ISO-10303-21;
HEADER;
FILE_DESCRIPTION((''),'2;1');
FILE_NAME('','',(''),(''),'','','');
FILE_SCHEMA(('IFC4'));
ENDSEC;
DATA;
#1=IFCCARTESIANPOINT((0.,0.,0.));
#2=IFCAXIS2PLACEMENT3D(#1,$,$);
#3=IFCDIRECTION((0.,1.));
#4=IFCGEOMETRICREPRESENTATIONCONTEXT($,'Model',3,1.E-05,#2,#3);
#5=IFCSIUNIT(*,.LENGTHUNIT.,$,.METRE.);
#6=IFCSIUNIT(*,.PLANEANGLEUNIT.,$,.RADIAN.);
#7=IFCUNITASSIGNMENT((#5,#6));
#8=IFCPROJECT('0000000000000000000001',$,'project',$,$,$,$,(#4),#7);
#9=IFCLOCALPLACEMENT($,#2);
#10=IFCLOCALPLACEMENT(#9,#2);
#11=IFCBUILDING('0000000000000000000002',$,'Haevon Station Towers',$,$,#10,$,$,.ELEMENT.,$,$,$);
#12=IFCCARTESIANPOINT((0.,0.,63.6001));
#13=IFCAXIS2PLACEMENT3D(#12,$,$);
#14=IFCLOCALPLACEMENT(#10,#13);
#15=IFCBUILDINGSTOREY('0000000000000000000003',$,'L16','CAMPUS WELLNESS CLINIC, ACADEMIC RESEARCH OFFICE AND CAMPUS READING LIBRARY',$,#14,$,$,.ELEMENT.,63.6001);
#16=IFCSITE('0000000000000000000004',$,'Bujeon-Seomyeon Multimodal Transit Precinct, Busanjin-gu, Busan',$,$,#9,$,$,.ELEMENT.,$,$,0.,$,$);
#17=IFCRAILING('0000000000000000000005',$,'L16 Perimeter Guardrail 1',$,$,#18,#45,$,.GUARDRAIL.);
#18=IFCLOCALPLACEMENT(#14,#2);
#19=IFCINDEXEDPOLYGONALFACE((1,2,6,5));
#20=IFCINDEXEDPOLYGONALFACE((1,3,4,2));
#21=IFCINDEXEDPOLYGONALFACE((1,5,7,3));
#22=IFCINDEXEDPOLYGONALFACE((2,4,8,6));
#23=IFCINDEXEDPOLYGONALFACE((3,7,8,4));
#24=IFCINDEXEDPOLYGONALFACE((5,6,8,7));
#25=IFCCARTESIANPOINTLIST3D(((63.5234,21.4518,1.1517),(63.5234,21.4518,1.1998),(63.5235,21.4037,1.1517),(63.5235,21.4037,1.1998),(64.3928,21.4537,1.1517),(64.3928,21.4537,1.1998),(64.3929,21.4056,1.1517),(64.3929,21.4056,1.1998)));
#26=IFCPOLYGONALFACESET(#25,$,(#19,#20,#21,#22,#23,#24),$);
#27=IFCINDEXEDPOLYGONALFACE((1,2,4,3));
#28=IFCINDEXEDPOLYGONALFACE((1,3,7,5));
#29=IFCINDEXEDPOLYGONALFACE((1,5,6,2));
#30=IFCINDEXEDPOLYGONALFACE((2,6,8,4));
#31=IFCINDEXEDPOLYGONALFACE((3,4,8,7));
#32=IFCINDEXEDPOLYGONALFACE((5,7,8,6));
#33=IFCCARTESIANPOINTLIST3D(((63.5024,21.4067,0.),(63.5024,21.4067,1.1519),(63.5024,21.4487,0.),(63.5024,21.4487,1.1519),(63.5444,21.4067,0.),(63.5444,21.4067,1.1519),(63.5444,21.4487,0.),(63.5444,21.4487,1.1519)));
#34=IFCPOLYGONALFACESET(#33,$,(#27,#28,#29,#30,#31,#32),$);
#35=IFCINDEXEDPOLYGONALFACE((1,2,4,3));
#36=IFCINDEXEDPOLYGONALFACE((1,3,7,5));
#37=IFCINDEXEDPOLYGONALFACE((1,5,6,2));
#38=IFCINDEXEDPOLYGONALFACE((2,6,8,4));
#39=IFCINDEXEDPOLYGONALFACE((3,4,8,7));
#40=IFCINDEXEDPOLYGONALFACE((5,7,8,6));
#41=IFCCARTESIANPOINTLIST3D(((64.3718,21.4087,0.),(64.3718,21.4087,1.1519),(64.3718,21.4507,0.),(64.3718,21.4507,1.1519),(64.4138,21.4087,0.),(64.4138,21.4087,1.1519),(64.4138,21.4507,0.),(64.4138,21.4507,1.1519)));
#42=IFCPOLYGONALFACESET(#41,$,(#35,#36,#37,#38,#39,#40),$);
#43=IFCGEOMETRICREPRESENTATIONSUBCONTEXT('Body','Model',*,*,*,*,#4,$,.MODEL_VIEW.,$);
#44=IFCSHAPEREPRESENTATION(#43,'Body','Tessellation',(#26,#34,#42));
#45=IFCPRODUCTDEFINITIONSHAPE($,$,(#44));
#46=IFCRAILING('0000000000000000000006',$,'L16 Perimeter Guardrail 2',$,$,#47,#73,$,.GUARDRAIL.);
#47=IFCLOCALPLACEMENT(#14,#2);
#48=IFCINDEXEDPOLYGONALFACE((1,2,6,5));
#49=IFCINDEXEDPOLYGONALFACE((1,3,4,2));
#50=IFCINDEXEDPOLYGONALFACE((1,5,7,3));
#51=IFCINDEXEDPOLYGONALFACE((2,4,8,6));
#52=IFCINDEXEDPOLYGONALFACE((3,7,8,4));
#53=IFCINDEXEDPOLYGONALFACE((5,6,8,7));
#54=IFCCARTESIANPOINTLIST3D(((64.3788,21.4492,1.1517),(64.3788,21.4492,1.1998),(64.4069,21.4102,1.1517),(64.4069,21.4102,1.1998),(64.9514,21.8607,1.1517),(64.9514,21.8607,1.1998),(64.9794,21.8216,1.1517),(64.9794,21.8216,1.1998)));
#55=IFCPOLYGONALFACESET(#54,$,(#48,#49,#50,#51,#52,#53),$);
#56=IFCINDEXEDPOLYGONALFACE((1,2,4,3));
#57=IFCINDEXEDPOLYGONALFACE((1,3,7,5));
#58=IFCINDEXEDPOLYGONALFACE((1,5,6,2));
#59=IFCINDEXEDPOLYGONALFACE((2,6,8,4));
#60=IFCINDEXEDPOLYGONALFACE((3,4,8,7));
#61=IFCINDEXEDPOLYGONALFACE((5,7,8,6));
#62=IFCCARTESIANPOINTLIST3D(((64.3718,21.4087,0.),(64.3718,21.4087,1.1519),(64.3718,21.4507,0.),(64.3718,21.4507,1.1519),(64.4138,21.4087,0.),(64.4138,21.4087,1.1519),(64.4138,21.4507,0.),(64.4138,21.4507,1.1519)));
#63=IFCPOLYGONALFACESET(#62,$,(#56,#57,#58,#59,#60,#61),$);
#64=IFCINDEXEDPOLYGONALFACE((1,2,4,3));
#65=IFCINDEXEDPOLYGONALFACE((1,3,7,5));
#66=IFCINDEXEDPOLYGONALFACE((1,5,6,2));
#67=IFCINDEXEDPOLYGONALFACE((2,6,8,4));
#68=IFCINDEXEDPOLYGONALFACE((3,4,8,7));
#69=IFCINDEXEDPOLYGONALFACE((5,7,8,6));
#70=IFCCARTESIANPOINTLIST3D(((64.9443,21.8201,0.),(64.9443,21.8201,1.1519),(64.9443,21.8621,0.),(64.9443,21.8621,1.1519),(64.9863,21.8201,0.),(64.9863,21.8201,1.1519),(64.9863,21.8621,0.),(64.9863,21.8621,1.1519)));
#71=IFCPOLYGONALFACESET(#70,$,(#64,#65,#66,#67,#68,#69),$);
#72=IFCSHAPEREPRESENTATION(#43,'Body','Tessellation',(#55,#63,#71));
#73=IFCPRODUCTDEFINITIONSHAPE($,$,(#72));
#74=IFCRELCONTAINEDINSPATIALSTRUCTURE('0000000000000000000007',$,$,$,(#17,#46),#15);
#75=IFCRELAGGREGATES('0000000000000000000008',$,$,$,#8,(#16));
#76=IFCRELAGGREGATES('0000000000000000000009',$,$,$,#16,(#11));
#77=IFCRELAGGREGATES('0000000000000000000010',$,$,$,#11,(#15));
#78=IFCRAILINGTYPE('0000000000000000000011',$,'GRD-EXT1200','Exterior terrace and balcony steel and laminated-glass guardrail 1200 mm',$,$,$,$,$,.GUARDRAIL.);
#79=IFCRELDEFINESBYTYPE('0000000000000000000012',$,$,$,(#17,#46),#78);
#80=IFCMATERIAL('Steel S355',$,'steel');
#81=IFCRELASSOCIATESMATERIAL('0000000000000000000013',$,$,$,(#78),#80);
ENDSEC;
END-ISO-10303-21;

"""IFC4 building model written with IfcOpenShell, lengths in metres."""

from ifc_helpers import new_model, si_unit, direction, frame, origin, origin_2d, place, context, subcontext, project, spatial, rectangle, extrude, material, type_object, element, save


model = new_model("IFC4")

# Units and contexts
model_context = context("Model", 3, precision=1e-05, world=origin(), true_north=direction((0.0, 1.0)))
body_context = subcontext(model_context, "Body", "Model", "MODEL_VIEW")
ifc_project = project(units=[si_unit("LENGTHUNIT", "METRE"), si_unit("PLANEANGLEUNIT", "RADIAN")], contexts=[model_context])

# Site, building, storey
site_placement = place(None, origin())
site = spatial("IfcSite", under=ifc_project, at=site_placement, Name="Bujeon-Seomyeon Multimodal Transit Precinct, Busanjin-gu, Busan", CompositionType="ELEMENT", RefElevation=0.0)
building_placement = place(site_placement, origin())
building = spatial("IfcBuilding", under=site, at=building_placement, Name="Haevon Station Towers", CompositionType="ELEMENT")
storey_placement = place(building_placement, frame((0.0, 0.0, 63.6001)))
storey = spatial("IfcBuildingStorey", under=building, at=storey_placement, Name="L16", Description="CAMPUS WELLNESS CLINIC, ACADEMIC RESEARCH OFFICE AND CAMPUS READING LIBRARY", CompositionType="ELEMENT", Elevation=63.6001)

# Shared definitions
ifc_material_1 = material(Name="Steel S355", Category="steel")

# Railings
railing_type = type_object("IfcRailingType", Name="GRD-EXT1200", Description="Exterior terrace and balcony steel and laminated-glass guardrail 1200 mm", PredefinedType="GUARDRAIL", material=ifc_material_1)
railing_1_placement = place(storey_placement, frame((63.5234, 21.4277, 0.0)))
element("IfcRailing", 1, at=railing_1_placement, inside=storey, type_object=railing_type, Name="L16 Perimeter Guardrail 1", PredefinedType="GUARDRAIL", context=body_context, shape_type="SweptSolid", body=[
    extrude(rectangle(XDim=0.0481, YDim=0.0481, at=origin_2d()), frame((0.0, 0.0, 1.1758), z_axis=(0.999997, 0.002247, 0.0), x_axis=(-0.002247, 0.999997, 0.0)), (0.0, 0.0, 1.0), 0.8694),
    extrude(rectangle(XDim=0.042, YDim=0.042, at=origin_2d()), origin(), (0.0, 0.0, 1.0), 1.1519),
    extrude(rectangle(XDim=0.042, YDim=0.042, at=origin_2d()), frame((0.8694, 0.002, 0.0)), (0.0, 0.0, 1.0), 1.1519),
])
railing_2_placement = place(storey_placement, frame((64.3928, 21.4297, 0.0)))
element("IfcRailing", 2, at=railing_2_placement, inside=storey, type_object=railing_type, Name="L16 Perimeter Guardrail 2", PredefinedType="GUARDRAIL", context=body_context, shape_type="SweptSolid", body=[
    extrude(rectangle(XDim=0.0481, YDim=0.0481, at=origin_2d()), frame((0.0, 0.0, 1.1758), z_axis=(0.812092, 0.583529, 0.0), x_axis=(-0.583529, 0.812092, 0.0)), (0.0, 0.0, 1.0), 0.7051),
    extrude(rectangle(XDim=0.042, YDim=0.042, at=origin_2d()), origin(), (0.0, 0.0, 1.0), 1.1519),
    extrude(rectangle(XDim=0.042, YDim=0.042, at=origin_2d()), frame((0.5725, 0.4114, 0.0)), (0.0, 0.0, 1.0), 1.1519),
])

save(model, "model.ifc")
